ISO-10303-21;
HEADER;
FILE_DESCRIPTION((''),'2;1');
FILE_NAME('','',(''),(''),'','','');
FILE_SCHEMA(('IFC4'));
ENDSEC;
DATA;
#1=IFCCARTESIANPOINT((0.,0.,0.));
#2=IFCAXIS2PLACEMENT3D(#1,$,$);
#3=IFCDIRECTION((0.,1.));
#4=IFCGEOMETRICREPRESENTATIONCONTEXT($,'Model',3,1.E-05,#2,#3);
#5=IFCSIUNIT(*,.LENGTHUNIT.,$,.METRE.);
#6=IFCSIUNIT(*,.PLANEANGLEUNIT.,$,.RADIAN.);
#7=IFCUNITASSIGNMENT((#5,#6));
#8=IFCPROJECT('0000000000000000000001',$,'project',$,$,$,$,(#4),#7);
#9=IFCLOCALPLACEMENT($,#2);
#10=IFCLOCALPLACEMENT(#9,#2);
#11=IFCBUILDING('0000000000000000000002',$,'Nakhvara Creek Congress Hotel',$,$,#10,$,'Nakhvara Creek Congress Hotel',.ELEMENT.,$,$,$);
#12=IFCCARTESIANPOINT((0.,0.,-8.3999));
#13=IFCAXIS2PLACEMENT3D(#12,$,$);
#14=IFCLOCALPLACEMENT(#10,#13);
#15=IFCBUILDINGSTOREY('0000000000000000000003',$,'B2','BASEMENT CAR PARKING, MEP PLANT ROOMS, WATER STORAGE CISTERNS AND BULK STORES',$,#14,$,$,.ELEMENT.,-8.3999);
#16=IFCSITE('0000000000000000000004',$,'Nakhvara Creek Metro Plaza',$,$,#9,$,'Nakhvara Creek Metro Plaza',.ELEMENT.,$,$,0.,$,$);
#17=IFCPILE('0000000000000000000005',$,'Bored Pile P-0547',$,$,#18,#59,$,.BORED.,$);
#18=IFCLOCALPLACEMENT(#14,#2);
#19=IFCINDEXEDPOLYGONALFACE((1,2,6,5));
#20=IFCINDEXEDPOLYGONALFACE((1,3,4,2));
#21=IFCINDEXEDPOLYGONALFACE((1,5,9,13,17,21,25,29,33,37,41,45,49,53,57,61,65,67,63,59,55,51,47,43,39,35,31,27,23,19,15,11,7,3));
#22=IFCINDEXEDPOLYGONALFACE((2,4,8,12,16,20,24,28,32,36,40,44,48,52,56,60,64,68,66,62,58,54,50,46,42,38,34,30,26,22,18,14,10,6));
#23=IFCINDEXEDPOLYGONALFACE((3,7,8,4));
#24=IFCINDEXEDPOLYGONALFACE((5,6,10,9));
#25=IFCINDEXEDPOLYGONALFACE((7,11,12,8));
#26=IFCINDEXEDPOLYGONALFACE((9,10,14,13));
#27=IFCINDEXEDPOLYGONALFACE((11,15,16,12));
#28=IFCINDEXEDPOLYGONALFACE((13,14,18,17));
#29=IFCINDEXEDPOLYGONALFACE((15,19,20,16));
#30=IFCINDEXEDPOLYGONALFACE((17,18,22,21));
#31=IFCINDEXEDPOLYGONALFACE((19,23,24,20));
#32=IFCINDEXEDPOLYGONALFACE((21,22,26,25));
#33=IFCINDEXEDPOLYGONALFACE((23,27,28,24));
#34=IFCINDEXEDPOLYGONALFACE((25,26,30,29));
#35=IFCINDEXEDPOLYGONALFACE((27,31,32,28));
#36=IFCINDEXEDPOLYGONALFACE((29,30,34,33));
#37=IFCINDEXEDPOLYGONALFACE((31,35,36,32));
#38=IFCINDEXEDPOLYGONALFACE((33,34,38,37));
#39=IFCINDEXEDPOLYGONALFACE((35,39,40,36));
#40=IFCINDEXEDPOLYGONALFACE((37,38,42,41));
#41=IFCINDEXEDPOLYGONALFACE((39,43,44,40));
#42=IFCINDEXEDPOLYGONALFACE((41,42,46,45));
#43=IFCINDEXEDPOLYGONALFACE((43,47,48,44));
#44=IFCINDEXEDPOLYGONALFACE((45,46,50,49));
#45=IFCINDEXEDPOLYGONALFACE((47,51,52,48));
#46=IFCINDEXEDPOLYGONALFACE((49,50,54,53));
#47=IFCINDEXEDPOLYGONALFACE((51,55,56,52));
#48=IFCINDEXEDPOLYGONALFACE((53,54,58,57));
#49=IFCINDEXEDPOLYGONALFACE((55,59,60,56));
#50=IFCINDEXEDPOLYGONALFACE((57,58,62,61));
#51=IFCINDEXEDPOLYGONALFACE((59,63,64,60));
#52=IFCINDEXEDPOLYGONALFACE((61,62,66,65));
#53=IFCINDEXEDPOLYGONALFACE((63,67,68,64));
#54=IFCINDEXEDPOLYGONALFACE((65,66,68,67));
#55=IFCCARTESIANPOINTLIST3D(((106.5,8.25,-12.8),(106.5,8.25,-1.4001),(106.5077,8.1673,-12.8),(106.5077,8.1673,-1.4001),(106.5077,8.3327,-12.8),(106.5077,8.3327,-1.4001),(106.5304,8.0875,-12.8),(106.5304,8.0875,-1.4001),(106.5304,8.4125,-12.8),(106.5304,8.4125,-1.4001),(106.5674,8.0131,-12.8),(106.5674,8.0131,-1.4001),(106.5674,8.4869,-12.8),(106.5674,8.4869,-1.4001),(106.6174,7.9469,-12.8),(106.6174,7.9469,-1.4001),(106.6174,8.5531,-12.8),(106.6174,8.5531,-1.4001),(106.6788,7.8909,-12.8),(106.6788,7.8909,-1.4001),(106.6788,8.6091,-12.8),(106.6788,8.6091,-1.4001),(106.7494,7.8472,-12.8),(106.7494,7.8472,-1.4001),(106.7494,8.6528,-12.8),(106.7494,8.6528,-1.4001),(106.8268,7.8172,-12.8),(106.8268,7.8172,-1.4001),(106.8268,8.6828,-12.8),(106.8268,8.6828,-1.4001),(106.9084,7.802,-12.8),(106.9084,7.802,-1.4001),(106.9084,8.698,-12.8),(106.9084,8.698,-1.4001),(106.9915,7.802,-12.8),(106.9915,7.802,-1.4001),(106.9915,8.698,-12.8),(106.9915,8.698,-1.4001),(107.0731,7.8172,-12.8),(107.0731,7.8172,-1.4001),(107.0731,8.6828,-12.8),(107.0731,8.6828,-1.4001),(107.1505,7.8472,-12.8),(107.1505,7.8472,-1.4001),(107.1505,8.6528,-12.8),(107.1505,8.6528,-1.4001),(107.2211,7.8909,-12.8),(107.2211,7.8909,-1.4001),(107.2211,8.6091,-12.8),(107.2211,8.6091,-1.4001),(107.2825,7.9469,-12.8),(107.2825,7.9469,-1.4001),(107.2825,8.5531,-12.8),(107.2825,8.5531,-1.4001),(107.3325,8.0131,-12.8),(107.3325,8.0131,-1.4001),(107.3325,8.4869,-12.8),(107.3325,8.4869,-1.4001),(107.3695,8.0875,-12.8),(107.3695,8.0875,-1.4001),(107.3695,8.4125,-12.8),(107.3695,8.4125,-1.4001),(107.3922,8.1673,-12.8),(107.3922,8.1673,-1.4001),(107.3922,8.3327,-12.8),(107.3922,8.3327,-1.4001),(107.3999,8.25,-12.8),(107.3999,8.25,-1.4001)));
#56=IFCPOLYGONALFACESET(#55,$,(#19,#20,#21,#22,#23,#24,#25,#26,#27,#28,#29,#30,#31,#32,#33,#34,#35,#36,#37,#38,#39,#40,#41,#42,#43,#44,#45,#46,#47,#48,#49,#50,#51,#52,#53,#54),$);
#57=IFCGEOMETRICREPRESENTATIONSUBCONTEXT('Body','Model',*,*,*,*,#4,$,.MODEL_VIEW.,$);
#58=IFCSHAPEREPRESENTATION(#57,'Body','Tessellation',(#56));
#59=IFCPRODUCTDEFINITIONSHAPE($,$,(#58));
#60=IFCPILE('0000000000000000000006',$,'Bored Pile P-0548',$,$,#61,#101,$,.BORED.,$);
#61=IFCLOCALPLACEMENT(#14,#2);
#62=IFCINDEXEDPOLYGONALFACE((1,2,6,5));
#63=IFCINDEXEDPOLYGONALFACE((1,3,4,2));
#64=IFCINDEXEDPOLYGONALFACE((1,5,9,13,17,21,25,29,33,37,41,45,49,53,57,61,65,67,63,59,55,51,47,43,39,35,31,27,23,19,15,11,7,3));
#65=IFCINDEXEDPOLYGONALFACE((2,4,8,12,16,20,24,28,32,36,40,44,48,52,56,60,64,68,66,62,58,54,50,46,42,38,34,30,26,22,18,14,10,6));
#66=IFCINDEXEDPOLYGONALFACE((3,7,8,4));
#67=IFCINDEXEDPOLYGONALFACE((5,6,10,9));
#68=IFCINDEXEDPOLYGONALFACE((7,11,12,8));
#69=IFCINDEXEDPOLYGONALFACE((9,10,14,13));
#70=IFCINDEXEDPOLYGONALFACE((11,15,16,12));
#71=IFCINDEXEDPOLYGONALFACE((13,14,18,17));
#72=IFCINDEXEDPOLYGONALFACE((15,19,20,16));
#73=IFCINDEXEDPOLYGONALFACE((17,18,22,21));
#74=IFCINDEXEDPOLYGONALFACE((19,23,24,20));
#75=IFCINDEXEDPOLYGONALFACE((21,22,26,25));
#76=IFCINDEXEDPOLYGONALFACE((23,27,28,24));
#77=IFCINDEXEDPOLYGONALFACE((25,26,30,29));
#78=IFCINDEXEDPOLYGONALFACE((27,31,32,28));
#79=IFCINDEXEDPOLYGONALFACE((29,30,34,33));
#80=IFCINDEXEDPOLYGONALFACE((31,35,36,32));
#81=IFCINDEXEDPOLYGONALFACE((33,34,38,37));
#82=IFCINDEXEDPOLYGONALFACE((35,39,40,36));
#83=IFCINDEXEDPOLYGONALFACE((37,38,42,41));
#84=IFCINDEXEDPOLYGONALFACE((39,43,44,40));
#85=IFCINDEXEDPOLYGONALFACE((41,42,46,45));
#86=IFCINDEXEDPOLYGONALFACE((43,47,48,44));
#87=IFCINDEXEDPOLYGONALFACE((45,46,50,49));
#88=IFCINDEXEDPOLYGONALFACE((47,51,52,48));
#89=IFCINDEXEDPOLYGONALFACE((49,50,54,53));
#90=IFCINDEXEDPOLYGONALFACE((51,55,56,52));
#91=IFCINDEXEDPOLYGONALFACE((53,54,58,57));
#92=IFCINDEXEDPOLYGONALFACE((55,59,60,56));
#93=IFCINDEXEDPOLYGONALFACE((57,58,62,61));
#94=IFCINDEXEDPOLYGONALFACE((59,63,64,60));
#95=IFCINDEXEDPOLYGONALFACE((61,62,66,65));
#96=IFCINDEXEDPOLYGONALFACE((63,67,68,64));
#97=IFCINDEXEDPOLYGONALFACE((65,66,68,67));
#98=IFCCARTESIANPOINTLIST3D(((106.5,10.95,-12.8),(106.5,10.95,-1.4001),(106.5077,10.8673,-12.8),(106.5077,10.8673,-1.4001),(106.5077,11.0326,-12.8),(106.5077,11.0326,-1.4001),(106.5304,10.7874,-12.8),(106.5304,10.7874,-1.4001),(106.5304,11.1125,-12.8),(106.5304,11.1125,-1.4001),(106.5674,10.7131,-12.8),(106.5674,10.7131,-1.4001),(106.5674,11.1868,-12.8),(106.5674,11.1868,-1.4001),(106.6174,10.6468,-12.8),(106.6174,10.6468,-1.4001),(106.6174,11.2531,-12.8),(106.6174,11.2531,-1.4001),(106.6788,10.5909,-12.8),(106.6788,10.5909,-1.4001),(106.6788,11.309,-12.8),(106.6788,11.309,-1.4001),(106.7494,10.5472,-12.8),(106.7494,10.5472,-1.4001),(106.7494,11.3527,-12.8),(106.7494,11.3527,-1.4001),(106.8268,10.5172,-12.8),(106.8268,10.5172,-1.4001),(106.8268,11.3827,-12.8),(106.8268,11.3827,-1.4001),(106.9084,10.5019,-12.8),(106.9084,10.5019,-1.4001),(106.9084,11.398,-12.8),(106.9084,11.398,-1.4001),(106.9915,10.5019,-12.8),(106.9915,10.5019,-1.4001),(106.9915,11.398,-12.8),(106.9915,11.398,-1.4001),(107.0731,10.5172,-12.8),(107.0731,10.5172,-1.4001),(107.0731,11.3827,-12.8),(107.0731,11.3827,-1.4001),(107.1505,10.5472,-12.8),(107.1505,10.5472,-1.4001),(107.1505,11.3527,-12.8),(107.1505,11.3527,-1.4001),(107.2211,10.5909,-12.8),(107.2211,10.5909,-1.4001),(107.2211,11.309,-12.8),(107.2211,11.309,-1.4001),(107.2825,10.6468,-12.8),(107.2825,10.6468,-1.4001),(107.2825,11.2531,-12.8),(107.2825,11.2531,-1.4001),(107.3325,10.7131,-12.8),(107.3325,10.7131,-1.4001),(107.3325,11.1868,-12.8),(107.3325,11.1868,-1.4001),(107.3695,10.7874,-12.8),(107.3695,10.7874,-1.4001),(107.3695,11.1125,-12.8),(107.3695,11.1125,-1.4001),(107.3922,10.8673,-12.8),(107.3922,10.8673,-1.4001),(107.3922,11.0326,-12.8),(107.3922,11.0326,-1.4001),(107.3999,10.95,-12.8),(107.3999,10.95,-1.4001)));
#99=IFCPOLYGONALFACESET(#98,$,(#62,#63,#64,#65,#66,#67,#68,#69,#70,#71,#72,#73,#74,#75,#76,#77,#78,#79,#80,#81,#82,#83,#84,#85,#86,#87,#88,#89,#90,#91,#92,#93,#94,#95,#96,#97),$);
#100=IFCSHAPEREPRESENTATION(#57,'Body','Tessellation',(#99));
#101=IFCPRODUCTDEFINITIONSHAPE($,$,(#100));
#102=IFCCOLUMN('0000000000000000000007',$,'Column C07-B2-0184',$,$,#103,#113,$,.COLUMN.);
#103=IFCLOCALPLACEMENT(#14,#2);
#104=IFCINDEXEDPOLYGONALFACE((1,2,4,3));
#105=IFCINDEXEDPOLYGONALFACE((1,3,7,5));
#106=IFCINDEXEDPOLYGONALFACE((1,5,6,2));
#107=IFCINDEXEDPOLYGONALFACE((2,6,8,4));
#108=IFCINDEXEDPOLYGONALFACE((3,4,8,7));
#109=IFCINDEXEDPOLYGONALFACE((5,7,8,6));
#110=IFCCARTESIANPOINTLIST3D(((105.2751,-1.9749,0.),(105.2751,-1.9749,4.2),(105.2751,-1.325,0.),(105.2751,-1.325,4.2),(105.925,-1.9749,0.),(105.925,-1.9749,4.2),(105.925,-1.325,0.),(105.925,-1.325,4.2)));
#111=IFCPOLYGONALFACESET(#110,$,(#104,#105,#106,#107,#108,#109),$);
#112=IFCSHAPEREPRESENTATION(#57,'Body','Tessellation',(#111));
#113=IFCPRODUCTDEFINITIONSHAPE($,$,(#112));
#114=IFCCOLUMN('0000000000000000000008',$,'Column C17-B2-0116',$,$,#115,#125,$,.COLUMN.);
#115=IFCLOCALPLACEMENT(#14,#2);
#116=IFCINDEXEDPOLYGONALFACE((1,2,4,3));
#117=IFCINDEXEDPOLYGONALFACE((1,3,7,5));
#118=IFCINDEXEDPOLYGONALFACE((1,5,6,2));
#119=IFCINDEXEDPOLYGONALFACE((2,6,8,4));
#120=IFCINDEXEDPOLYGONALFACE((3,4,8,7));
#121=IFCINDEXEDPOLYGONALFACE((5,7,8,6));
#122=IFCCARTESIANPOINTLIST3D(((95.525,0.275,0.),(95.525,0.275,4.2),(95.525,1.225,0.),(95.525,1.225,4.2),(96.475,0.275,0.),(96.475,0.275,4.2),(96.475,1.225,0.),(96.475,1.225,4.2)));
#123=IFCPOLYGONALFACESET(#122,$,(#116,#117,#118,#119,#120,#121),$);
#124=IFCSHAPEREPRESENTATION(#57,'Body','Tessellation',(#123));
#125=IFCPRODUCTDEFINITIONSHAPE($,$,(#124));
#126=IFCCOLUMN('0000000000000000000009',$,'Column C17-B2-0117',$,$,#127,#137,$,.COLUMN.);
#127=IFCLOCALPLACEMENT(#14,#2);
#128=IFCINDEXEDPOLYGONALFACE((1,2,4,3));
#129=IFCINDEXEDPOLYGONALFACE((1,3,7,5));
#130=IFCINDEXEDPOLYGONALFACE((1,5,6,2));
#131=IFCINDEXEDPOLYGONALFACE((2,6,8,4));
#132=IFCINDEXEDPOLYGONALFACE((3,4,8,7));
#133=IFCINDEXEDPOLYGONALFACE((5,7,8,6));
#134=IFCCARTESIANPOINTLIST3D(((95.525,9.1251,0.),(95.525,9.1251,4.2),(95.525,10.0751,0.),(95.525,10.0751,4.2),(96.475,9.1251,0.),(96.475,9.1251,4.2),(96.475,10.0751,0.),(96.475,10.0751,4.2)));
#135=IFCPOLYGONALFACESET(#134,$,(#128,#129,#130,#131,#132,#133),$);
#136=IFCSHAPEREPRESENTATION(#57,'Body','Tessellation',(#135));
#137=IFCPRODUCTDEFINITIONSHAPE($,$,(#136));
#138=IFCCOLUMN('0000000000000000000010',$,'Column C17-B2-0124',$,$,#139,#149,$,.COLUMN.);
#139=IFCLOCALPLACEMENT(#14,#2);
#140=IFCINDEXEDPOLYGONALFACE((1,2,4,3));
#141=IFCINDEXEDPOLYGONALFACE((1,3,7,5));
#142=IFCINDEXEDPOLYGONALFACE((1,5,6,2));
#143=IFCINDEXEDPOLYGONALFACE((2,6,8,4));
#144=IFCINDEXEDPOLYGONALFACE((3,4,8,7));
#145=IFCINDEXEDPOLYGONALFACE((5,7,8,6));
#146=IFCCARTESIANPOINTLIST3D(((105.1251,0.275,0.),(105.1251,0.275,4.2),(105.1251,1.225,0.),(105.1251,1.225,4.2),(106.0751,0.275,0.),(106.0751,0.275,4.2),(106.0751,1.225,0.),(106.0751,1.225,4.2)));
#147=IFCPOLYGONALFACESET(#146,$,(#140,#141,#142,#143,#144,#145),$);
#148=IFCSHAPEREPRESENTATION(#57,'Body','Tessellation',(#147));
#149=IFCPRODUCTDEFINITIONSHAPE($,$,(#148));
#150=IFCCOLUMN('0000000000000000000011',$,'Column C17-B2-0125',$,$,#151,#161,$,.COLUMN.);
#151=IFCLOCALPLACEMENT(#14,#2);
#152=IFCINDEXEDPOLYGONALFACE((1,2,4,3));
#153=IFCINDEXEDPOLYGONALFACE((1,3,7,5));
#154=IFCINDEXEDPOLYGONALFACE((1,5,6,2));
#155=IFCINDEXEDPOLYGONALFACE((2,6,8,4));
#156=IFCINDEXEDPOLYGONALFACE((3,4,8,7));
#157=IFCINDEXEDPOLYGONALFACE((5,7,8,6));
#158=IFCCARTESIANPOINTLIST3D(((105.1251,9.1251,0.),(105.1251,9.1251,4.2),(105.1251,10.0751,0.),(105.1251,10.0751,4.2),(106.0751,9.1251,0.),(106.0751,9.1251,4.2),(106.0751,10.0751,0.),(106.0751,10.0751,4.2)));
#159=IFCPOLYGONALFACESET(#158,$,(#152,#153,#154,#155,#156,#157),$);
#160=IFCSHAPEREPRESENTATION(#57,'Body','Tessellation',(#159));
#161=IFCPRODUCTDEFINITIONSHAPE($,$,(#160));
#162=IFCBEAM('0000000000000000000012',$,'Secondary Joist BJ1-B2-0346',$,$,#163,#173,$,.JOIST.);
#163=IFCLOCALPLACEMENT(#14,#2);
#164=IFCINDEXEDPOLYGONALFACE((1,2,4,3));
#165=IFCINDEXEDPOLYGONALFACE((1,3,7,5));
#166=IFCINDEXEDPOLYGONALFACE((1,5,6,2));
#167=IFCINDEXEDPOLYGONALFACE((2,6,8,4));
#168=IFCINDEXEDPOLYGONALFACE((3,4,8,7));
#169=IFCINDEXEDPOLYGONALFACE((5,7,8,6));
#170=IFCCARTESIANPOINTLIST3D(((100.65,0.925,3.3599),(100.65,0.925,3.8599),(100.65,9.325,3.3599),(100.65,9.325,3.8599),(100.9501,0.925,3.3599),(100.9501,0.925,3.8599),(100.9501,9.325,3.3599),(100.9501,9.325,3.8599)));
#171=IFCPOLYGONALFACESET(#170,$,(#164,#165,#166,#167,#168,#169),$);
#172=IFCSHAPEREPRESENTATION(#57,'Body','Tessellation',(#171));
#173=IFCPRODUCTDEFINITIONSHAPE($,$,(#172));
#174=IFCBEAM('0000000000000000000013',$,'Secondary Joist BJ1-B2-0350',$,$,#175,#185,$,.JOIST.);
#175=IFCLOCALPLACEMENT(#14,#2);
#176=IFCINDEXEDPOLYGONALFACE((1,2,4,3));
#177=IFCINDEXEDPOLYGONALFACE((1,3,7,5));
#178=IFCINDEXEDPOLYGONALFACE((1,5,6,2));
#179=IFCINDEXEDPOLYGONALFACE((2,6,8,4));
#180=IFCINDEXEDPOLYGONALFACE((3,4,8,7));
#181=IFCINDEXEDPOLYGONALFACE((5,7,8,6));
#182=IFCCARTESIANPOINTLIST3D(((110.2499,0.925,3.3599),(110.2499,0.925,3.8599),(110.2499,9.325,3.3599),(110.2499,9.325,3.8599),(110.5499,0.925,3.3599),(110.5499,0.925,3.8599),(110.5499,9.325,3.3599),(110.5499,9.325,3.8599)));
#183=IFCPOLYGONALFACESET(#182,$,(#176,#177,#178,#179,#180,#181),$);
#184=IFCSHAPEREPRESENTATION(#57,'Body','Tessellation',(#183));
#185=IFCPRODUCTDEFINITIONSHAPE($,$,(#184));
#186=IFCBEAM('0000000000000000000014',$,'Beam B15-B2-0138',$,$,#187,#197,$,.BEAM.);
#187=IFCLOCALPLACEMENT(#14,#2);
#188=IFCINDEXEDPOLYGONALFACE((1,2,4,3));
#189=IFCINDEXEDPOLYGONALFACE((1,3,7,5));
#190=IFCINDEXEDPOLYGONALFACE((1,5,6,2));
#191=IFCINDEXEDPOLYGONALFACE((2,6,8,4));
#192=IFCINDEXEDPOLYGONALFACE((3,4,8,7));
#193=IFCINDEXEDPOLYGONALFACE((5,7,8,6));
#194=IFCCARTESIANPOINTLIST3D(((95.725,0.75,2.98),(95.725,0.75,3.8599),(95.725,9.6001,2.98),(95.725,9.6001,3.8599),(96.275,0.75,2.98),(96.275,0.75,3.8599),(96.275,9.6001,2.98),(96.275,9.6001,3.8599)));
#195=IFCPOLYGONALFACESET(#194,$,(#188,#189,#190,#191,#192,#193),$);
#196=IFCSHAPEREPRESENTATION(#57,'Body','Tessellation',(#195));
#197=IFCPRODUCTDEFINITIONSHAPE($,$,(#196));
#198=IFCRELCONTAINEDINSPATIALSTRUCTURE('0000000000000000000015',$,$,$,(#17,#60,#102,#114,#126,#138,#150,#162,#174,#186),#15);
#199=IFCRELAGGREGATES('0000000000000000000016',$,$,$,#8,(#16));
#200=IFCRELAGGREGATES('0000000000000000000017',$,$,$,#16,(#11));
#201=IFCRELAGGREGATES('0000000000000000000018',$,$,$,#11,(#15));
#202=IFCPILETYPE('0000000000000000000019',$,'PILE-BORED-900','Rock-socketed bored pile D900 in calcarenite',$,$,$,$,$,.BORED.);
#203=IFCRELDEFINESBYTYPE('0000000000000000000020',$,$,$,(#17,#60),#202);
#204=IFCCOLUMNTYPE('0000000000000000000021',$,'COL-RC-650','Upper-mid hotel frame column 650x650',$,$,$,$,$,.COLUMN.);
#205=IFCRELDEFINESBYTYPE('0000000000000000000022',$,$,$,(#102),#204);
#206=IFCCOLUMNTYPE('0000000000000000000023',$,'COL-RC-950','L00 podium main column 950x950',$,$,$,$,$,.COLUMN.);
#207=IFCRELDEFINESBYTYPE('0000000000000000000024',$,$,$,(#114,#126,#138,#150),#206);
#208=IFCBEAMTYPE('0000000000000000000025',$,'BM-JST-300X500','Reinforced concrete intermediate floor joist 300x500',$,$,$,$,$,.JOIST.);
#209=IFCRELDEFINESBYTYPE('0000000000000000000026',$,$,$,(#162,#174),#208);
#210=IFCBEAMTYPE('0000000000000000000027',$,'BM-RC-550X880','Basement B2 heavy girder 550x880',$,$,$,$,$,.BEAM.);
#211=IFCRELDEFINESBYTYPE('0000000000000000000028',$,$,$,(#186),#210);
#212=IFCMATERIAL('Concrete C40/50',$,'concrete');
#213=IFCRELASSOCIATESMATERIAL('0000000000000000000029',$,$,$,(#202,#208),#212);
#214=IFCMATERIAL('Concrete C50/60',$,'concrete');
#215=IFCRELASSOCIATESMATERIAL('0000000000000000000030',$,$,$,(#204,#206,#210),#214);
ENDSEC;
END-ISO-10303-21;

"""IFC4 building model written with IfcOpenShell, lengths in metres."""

from ifc_helpers import new_model, si_unit, direction, frame, origin, origin_2d, place, context, subcontext, project, spatial, rectangle, circle, extrude, material, material_profile, profile_set, type_object, element, save


model = new_model("IFC4")

# Units and contexts
model_context = context("Model", 3, precision=1e-05, world=origin(), true_north=direction((0.0, 1.0)))
body_context = subcontext(model_context, "Body", "Model", "MODEL_VIEW")
ifc_project = project(units=[si_unit("LENGTHUNIT", "METRE"), si_unit("PLANEANGLEUNIT", "RADIAN")], contexts=[model_context])

# Site, building, storey
site_placement = place(None, origin())
site = spatial("IfcSite", under=ifc_project, at=site_placement, Name="Nakhvara Creek Metro Plaza", LongName="Nakhvara Creek Metro Plaza", CompositionType="ELEMENT", RefElevation=0.0)
building_placement = place(site_placement, origin())
building = spatial("IfcBuilding", under=site, at=building_placement, Name="Nakhvara Creek Congress Hotel", LongName="Nakhvara Creek Congress Hotel", CompositionType="ELEMENT")
storey_placement = place(building_placement, frame((0.0, 0.0, -8.3999)))
storey = spatial("IfcBuildingStorey", under=building, at=storey_placement, Name="B2", Description="BASEMENT CAR PARKING, MEP PLANT ROOMS, WATER STORAGE CISTERNS AND BULK STORES", CompositionType="ELEMENT", Elevation=-8.3999)

# Shared definitions
ifc_material_1 = material(Name="Concrete C40/50", Category="concrete")

# Piles
ifc_material_profile_1 = material_profile(ifc_material_1, circle(Radius=0.45, at=origin_2d()), Name="BORED PILE D900", Category="LoadBearing")
ifc_profile_set_1 = profile_set([ifc_material_profile_1], Name="Concrete C40/50")
pile_type = type_object("IfcPileType", Name="PILE-BORED-900", Description="Rock-socketed bored pile D900 in calcarenite", PredefinedType="BORED", material=ifc_profile_set_1)
for number, where, z_axis, x_axis, name in (
    (1, (106.95, 8.25, -1.4001), (0.0, 0.0, -1.0), (1.0, 0.0, 0.0), "Bored Pile P-0547"),
    (2, (106.95, 10.95, -1.4001), (0.0, 0.0, -1.0), (1.0, 0.0, 0.0), "Bored Pile P-0548"),
):
    element("IfcPile", number, at=place(storey_placement, frame(where, z_axis=z_axis, x_axis=x_axis)), inside=storey, type_object=pile_type, Name=name, PredefinedType="BORED", context=body_context, shape_type="SweptSolid", body=[
        extrude(circle(Radius=0.45, at=origin_2d()), origin(), (0.0, 0.0, 1.0), 11.3999),
    ])

# Columns
ifc_material_2 = material(Name="Concrete C50/60", Category="concrete")
ifc_material_profile_2 = material_profile(ifc_material_2, rectangle(XDim=0.6499, YDim=0.6499, at=origin_2d()), Name="RC-COL 650x650", Category="LoadBearing")
ifc_profile_set_2 = profile_set([ifc_material_profile_2], Name="Concrete C50/60")
column_type_1 = type_object("IfcColumnType", Name="COL-RC-650", Description="Upper-mid hotel frame column 650x650", PredefinedType="COLUMN", material=ifc_profile_set_2)
column_placement = place(storey_placement, frame((105.6001, -1.6499, 0.0), z_axis=(0.0, 0.0, 1.0), x_axis=(1.0, 0.0, 0.0)))
element("IfcColumn", 3, at=column_placement, inside=storey, type_object=column_type_1, Name="Column C07-B2-0184", PredefinedType="COLUMN", context=body_context, shape_type="SweptSolid", body=[
    extrude(rectangle(XDim=0.6499, YDim=0.6499, at=origin_2d()), origin(), (0.0, 0.0, 1.0), 4.2),
])
ifc_material_profile_3 = material_profile(ifc_material_2, rectangle(XDim=0.95, YDim=0.95, at=origin_2d()), Name="RC-COL 950x950", Category="LoadBearing")
ifc_profile_set_3 = profile_set([ifc_material_profile_3], Name="Concrete C50/60")
column_type_2 = type_object("IfcColumnType", Name="COL-RC-950", Description="L00 podium main column 950x950", PredefinedType="COLUMN", material=ifc_profile_set_3)
for number, where, z_axis, x_axis, name in (
    (4, (96.0, 0.75, 0.0), (0.0, 0.0, 1.0), (1.0, 0.0, 0.0), "Column C17-B2-0116"),
    (5, (96.0, 9.6001, 0.0), (0.0, 0.0, 1.0), (1.0, 0.0, 0.0), "Column C17-B2-0117"),
    (6, (105.6001, 0.75, 0.0), (0.0, 0.0, 1.0), (1.0, 0.0, 0.0), "Column C17-B2-0124"),
    (7, (105.6001, 9.6001, 0.0), (0.0, 0.0, 1.0), (1.0, 0.0, 0.0), "Column C17-B2-0125"),
):
    element("IfcColumn", number, at=place(storey_placement, frame(where, z_axis=z_axis, x_axis=x_axis)), inside=storey, type_object=column_type_2, Name=name, PredefinedType="COLUMN", context=body_context, shape_type="SweptSolid", body=[
        extrude(rectangle(XDim=0.95, YDim=0.95, at=origin_2d()), origin(), (0.0, 0.0, 1.0), 4.2),
    ])

# Beams
ifc_material_profile_4 = material_profile(ifc_material_1, rectangle(XDim=0.3, YDim=0.5, at=origin_2d()), Name="RC-BM 300x500", Category="LoadBearing")
ifc_profile_set_4 = profile_set([ifc_material_profile_4], Name="Concrete C40/50")
beam_type_1 = type_object("IfcBeamType", Name="BM-JST-300X500", Description="Reinforced concrete intermediate floor joist 300x500", PredefinedType="JOIST", material=ifc_profile_set_4)
for number, where, z_axis, x_axis, name in (
    (8, (100.8, 0.925, 3.6099), (0.0, 1.0, 0.0), (-1.0, 0.0, 0.0), "Secondary Joist BJ1-B2-0346"),
    (9, (110.3999, 0.925, 3.6099), (0.0, 1.0, 0.0), (-1.0, 0.0, 0.0), "Secondary Joist BJ1-B2-0350"),
):
    element("IfcBeam", number, at=place(storey_placement, frame(where, z_axis=z_axis, x_axis=x_axis)), inside=storey, type_object=beam_type_1, Name=name, PredefinedType="JOIST", context=body_context, shape_type="SweptSolid", body=[
        extrude(rectangle(XDim=0.3, YDim=0.5, at=origin_2d()), origin(), (0.0, 0.0, 1.0), 8.3999),
    ])
ifc_material_profile_5 = material_profile(ifc_material_2, rectangle(XDim=0.55, YDim=0.8799, at=origin_2d()), Name="RC-BM 550x880", Category="LoadBearing")
ifc_profile_set_5 = profile_set([ifc_material_profile_5], Name="Concrete C50/60")
beam_type_2 = type_object("IfcBeamType", Name="BM-RC-550X880", Description="Basement B2 heavy girder 550x880", PredefinedType="BEAM", material=ifc_profile_set_5)
beam_1_placement = place(storey_placement, frame((96.0, 0.75, 3.4199), z_axis=(0.0, 1.0, 0.0), x_axis=(-1.0, 0.0, 0.0)))
element("IfcBeam", 10, at=beam_1_placement, inside=storey, type_object=beam_type_2, Name="Beam B15-B2-0138", PredefinedType="BEAM", context=body_context, shape_type="SweptSolid", body=[
    extrude(rectangle(XDim=0.55, YDim=0.8799, at=origin_2d()), origin(), (0.0, 0.0, 1.0), 8.8501),
])

save(model, "model.ifc")
